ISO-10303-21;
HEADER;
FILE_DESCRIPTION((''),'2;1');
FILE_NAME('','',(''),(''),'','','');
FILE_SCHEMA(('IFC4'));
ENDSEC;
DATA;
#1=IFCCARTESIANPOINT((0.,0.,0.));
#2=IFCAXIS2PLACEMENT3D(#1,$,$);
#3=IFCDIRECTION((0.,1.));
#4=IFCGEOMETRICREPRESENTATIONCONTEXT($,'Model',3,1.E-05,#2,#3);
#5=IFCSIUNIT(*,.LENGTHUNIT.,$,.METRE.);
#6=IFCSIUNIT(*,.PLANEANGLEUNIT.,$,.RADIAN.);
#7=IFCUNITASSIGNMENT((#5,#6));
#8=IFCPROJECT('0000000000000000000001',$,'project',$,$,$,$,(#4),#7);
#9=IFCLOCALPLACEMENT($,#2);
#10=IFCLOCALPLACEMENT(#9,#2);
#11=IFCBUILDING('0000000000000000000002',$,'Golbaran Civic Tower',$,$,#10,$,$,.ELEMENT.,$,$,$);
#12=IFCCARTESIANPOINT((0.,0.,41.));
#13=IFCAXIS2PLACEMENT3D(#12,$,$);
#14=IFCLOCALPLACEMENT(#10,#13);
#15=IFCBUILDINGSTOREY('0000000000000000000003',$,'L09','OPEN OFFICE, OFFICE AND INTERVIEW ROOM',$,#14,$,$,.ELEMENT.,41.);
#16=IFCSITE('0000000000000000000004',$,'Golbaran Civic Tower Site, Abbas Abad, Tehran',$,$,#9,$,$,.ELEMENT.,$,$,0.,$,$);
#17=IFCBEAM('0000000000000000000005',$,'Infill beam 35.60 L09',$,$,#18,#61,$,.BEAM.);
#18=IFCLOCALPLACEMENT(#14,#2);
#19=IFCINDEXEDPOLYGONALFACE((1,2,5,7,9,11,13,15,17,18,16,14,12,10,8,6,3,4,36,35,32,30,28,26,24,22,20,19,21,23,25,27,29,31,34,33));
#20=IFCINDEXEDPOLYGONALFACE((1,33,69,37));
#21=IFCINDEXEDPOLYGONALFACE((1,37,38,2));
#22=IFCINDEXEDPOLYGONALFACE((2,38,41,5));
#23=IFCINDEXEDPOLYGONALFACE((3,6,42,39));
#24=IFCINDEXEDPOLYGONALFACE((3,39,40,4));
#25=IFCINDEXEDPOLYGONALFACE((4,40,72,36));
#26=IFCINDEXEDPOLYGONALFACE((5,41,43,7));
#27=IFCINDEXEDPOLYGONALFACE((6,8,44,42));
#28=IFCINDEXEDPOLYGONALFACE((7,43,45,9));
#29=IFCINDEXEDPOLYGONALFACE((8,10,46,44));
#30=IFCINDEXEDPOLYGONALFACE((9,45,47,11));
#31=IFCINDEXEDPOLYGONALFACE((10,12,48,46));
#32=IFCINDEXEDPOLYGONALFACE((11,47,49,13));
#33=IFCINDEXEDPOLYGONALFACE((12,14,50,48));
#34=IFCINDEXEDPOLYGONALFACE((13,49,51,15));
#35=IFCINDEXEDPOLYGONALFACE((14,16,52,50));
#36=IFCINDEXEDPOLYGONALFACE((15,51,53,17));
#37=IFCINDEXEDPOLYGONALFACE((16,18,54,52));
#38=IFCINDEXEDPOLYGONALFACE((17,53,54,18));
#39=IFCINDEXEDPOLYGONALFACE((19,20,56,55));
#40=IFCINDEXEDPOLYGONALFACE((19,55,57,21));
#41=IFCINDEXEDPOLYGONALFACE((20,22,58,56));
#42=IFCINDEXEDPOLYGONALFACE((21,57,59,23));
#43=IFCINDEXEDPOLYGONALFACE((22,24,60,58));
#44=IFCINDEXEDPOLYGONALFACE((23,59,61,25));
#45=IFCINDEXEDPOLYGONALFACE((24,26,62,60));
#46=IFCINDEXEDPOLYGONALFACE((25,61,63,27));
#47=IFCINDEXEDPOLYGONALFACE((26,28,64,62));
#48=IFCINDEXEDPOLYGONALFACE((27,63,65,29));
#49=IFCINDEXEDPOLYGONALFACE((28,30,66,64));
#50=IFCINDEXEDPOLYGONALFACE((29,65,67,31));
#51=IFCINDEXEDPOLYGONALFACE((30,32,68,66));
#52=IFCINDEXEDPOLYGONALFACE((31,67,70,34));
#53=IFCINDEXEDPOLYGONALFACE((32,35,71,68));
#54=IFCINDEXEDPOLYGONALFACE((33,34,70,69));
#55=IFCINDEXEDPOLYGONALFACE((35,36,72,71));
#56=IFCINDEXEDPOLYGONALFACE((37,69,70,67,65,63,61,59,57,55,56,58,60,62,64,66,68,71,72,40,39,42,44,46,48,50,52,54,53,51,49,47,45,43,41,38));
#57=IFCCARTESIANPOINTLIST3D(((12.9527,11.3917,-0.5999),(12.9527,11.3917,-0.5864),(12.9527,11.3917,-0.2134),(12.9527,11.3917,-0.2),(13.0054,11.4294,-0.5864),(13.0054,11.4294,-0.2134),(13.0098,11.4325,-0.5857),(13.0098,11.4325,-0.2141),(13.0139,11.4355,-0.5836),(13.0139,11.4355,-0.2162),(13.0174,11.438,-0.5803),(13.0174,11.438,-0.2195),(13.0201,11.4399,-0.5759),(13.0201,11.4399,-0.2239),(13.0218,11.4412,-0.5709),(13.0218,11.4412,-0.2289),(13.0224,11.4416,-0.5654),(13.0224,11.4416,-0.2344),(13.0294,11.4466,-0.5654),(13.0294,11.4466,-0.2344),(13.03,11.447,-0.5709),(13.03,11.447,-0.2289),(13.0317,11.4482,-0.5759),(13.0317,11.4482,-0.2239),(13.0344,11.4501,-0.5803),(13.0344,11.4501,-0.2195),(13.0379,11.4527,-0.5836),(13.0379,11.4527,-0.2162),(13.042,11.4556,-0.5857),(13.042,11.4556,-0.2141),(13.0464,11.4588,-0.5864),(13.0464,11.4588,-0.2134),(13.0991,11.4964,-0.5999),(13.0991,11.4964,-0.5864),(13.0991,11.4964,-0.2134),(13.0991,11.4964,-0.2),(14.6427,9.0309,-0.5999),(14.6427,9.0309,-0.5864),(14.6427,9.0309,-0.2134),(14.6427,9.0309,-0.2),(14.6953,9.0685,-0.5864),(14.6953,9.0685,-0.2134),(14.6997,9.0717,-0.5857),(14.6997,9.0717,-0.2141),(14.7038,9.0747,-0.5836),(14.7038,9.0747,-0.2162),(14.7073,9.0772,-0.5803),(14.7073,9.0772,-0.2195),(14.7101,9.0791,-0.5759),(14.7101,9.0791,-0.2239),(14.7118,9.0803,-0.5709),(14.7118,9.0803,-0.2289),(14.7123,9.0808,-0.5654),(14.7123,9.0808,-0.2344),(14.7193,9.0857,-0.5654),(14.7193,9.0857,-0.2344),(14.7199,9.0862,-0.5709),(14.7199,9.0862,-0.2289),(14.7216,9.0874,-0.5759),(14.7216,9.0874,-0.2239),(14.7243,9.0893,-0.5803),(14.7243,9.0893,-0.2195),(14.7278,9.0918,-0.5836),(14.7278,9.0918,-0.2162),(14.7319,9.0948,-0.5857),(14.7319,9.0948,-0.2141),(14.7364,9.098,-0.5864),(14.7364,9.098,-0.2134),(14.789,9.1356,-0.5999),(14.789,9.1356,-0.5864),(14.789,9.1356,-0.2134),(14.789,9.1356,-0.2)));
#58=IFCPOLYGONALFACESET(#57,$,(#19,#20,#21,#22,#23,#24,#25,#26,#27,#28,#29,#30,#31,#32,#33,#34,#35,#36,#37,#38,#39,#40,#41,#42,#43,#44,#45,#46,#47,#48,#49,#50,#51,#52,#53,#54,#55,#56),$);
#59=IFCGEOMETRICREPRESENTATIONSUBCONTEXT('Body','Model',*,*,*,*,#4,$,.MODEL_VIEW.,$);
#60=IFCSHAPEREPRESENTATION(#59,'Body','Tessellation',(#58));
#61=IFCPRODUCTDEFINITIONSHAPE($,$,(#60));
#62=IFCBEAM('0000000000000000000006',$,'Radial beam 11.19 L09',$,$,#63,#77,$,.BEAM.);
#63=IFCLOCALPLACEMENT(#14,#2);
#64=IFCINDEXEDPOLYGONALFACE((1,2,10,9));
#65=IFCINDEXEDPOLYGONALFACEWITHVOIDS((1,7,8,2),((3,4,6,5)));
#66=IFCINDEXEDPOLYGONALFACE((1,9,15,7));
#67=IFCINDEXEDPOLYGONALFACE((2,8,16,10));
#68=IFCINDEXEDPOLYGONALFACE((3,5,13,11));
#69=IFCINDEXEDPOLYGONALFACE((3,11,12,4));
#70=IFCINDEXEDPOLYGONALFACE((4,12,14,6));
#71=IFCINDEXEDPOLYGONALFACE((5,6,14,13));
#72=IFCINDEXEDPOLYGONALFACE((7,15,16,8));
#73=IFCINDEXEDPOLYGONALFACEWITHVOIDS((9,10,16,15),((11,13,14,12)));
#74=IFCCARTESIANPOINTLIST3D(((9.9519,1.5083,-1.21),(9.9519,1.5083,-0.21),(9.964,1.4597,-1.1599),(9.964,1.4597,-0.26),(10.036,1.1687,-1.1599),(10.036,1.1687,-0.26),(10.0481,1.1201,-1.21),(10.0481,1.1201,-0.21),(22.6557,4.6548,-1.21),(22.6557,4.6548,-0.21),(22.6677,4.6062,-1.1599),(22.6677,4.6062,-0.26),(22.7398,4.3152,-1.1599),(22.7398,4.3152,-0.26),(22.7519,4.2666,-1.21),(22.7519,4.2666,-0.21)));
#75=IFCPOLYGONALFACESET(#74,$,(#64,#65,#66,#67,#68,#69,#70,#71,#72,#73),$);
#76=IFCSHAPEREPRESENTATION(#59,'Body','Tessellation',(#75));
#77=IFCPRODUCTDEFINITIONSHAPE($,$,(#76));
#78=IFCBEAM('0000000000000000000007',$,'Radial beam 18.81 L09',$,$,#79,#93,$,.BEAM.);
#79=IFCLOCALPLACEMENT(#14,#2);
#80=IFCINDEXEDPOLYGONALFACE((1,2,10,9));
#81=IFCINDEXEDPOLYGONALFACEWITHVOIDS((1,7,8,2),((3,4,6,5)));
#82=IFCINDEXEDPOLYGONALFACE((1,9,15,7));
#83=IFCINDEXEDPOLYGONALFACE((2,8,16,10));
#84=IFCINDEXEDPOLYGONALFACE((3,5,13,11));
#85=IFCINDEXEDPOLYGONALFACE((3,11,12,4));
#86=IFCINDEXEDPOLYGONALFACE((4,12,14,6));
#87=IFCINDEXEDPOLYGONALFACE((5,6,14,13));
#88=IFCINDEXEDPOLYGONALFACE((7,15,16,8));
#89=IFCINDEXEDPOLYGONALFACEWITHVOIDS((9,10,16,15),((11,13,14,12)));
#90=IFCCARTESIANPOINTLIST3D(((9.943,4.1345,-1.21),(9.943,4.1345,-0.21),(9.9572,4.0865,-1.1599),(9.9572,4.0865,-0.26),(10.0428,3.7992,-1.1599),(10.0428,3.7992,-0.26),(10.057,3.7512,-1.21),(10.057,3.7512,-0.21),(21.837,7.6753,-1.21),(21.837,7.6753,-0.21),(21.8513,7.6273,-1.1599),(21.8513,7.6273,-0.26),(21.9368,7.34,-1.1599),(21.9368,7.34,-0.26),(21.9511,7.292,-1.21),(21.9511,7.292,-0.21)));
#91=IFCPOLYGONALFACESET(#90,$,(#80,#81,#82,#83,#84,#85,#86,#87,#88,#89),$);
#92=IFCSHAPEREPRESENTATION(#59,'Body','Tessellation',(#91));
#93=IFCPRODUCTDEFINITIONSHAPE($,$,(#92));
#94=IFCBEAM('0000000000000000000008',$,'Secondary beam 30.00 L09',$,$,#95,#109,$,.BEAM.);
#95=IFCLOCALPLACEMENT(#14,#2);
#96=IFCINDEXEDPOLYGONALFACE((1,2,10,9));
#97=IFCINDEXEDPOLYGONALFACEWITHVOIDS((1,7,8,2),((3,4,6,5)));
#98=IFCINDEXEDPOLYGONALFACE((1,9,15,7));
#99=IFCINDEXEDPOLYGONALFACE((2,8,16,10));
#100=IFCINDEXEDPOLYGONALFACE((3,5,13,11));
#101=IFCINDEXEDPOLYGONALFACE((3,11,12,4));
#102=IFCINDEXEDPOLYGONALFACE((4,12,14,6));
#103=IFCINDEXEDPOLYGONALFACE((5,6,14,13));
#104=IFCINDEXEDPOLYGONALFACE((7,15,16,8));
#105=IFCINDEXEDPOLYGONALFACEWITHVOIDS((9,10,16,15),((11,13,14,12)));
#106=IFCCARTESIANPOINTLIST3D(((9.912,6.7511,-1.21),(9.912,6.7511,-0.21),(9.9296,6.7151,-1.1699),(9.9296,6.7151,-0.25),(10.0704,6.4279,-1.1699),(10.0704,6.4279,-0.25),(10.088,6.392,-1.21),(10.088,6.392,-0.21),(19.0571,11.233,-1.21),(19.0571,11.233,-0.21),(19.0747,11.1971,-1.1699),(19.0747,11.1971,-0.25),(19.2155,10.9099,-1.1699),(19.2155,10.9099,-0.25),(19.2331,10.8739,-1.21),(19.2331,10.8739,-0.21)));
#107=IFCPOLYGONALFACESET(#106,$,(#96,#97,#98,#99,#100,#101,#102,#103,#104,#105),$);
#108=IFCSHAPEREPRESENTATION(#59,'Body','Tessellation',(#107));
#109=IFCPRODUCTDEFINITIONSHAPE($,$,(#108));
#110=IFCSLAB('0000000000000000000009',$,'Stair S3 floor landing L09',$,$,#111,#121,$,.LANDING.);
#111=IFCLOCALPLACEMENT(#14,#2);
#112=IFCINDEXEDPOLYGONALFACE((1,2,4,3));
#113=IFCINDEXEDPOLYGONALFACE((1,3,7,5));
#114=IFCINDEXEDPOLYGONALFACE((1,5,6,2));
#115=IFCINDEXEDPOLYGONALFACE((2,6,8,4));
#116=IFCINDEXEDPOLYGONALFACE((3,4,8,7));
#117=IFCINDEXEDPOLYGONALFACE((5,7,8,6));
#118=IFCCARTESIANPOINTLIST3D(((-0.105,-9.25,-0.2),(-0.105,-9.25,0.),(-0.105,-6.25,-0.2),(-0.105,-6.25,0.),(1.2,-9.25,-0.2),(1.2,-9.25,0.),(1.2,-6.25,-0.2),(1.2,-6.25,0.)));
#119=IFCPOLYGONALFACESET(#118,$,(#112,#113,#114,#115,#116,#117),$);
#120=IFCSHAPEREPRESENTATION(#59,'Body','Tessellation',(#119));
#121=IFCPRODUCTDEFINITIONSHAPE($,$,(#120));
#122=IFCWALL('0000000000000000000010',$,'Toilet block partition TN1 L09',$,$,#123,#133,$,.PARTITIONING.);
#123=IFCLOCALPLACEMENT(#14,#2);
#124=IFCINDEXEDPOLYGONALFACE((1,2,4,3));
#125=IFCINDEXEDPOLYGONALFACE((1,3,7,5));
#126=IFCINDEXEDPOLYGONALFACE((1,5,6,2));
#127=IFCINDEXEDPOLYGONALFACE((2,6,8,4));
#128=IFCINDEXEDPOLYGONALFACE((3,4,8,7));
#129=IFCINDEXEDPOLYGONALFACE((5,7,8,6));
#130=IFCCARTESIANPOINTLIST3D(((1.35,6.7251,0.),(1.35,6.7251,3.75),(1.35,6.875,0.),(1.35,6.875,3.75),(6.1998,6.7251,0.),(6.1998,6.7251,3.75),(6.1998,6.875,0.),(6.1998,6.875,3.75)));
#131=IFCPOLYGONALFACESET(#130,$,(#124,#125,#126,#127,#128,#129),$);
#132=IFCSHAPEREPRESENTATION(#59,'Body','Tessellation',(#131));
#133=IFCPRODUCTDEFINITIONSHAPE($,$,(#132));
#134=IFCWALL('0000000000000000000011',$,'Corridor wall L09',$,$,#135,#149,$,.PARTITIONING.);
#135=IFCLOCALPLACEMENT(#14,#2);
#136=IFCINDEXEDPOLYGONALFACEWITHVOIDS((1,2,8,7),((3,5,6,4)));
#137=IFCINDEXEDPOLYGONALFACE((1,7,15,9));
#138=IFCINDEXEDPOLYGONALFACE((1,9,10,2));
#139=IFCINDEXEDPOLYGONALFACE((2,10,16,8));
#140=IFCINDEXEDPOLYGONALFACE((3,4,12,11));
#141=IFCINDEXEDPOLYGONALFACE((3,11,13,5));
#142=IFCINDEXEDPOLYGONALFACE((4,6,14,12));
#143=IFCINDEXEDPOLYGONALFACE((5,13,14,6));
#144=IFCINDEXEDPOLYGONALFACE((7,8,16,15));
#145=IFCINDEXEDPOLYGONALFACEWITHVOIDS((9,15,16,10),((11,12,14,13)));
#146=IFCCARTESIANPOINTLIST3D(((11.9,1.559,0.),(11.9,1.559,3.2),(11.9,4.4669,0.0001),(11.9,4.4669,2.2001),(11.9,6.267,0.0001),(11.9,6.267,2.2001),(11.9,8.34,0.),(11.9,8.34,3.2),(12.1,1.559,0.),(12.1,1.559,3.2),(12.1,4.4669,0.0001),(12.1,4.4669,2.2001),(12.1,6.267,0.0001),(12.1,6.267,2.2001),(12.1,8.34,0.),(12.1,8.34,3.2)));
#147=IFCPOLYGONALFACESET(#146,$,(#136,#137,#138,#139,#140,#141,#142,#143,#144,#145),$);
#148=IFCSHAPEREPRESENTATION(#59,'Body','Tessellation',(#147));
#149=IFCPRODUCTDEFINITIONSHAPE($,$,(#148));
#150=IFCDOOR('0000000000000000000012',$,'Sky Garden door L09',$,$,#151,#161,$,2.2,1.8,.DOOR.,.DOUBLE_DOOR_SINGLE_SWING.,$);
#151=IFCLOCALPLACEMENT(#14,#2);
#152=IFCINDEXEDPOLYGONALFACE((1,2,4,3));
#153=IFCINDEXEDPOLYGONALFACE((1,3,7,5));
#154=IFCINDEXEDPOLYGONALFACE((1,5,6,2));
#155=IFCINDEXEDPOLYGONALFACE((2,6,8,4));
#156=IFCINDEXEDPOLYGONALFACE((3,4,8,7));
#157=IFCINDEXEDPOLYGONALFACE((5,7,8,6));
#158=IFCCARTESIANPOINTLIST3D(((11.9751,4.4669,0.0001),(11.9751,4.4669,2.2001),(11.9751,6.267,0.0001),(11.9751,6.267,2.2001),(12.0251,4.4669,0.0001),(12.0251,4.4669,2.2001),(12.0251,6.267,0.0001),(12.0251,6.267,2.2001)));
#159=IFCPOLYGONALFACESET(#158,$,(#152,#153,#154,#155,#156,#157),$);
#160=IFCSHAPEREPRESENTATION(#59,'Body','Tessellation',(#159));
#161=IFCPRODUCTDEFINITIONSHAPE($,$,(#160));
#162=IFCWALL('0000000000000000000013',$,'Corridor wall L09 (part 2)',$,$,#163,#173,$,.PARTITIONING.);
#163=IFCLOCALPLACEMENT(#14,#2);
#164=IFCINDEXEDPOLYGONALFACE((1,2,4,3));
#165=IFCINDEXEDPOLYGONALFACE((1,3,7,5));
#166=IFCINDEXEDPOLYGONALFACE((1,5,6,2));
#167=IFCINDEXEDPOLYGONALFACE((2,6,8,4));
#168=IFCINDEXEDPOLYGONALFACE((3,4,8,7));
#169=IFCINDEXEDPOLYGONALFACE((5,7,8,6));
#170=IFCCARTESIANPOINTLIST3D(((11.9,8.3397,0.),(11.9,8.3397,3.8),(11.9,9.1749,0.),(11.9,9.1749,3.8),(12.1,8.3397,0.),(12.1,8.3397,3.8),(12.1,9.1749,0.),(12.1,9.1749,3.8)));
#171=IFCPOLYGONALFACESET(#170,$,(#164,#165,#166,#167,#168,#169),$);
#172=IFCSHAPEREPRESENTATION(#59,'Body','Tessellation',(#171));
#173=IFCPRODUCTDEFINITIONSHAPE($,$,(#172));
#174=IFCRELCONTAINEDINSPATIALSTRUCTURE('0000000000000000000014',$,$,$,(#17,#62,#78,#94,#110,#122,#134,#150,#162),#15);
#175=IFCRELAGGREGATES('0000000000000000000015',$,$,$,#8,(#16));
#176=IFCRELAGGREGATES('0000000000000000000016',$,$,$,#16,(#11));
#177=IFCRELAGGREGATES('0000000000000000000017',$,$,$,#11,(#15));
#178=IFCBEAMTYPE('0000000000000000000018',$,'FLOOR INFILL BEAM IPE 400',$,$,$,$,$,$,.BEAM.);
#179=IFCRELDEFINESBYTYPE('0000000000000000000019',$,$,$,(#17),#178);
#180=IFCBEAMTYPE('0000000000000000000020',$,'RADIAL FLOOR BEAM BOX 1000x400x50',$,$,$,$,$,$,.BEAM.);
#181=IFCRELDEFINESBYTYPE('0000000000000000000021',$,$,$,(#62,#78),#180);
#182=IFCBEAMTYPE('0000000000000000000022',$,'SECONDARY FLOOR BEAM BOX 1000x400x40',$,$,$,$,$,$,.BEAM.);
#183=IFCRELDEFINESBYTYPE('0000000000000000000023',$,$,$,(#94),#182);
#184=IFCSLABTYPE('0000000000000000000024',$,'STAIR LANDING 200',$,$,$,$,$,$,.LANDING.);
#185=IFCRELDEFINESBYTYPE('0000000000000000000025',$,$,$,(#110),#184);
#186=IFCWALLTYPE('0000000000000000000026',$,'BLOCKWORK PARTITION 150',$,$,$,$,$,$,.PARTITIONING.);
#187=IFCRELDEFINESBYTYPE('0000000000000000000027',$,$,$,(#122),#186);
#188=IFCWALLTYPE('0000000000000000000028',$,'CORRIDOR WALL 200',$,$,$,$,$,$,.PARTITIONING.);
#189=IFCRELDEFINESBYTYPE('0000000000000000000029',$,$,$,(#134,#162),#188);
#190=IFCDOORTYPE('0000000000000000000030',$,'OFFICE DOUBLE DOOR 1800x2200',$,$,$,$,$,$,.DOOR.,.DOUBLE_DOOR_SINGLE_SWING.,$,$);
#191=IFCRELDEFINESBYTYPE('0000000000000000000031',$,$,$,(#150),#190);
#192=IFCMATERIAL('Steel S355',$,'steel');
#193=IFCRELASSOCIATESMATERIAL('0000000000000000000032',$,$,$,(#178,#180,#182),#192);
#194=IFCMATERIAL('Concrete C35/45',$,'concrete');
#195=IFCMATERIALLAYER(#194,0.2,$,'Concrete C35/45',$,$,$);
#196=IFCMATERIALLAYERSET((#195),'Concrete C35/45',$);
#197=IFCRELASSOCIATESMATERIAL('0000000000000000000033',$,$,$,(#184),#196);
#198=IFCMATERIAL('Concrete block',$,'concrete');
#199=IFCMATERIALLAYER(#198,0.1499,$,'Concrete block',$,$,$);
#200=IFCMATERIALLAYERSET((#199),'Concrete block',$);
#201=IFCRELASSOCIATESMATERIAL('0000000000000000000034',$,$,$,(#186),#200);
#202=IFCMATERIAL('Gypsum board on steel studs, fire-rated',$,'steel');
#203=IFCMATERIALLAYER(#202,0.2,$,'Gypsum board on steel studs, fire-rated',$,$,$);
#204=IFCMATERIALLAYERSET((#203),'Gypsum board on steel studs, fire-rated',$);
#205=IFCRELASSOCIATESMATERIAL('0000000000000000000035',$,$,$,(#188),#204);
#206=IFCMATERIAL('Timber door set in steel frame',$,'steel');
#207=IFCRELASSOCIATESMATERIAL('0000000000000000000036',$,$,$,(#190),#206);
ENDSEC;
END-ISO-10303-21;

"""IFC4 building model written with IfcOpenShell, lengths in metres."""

from ifc_helpers import new_model, si_unit, direction, frame, frame_2d, origin, origin_2d, place, context, subcontext, project, spatial, polyline, rectangle, hollow_rectangle, i_section, outline, extrude, material, layer, layer_set, material_profile, profile_set, type_object, element, fill, save


model = new_model("IFC4")

# Units and contexts
model_context = context("Model", 3, precision=1e-05, world=origin(), true_north=direction((0.0, 1.0)))
body_context = subcontext(model_context, "Body", "Model", "MODEL_VIEW")
ifc_project = project(units=[si_unit("LENGTHUNIT", "METRE"), si_unit("PLANEANGLEUNIT", "RADIAN")], contexts=[model_context])

# Site, building, storey
site_placement = place(None, origin())
site = spatial("IfcSite", under=ifc_project, at=site_placement, Name="Golbaran Civic Tower Site, Abbas Abad, Tehran", CompositionType="ELEMENT", RefElevation=0.0)
building_placement = place(site_placement, origin())
building = spatial("IfcBuilding", under=site, at=building_placement, Name="Golbaran Civic Tower", CompositionType="ELEMENT")
storey_placement = place(building_placement, frame((0.0, 0.0, 41.0)))
storey = spatial("IfcBuildingStorey", under=building, at=storey_placement, Name="L09", Description="OPEN OFFICE, OFFICE AND INTERVIEW ROOM", CompositionType="ELEMENT", Elevation=41.0)

# Beams
ifc_material_1 = material(Name="Steel S355", Category="steel")
ifc_material_profile_1 = material_profile(ifc_material_1, i_section(OverallWidth=0.1799, OverallDepth=0.3999, WebThickness=0.0085, FlangeThickness=0.0134, FilletRadius=0.021, at=origin_2d()), Name="IPE 400")
ifc_profile_set_1 = profile_set([ifc_material_profile_1], Name="Steel S355")
beam_type_1 = type_object("IfcBeamType", Name="FLOOR INFILL BEAM IPE 400", PredefinedType="BEAM", material=ifc_profile_set_1)
beam_1_placement = place(storey_placement, frame((14.7158, 9.0833, -0.3999), z_axis=(-0.582065, 0.813142, 0.0), x_axis=(-0.813142, -0.582065, 0.0)))
element("IfcBeam", 1, at=beam_1_placement, inside=storey, type_object=beam_type_1, Name="Infill beam 35.60 L09", PredefinedType="BEAM", context=body_context, shape_type="SweptSolid", body=[
    extrude(i_section(OverallWidth=0.1799, OverallDepth=0.3999, WebThickness=0.0085, FlangeThickness=0.0134, FilletRadius=0.021, at=origin_2d()), origin(), (0.0, 0.0, 1.0), 2.9033),
])
ifc_material_profile_2 = material_profile(ifc_material_1, hollow_rectangle(XDim=0.3999, YDim=1.0, WallThickness=0.05, at=origin_2d()), Name="BOX 1000x400x50")
ifc_profile_set_2 = profile_set([ifc_material_profile_2], Name="Steel S355")
beam_type_2 = type_object("IfcBeamType", Name="RADIAL FLOOR BEAM BOX 1000x400x50", PredefinedType="BEAM", material=ifc_profile_set_2)
beam_2_placement = place(storey_placement, frame((10.0, 1.3142, -0.71), z_axis=(0.97067, 0.240415, 0.0), x_axis=(-0.240415, 0.97067, 0.0)))
element("IfcBeam", 2, at=beam_2_placement, inside=storey, type_object=beam_type_2, Name="Radial beam 11.19 L09", PredefinedType="BEAM", context=body_context, shape_type="SweptSolid", body=[
    extrude(hollow_rectangle(XDim=0.3999, YDim=1.0, WallThickness=0.05, at=origin_2d()), origin(), (0.0, 0.0, 1.0), 13.0876),
])
beam_3_placement = place(storey_placement, frame((10.0, 3.9429, -0.71), z_axis=(0.958433, 0.285319, 0.0), x_axis=(-0.285319, 0.958433, 0.0)))
element("IfcBeam", 3, at=beam_3_placement, inside=storey, type_object=beam_type_2, Name="Radial beam 18.81 L09", PredefinedType="BEAM", context=body_context, shape_type="SweptSolid", body=[
    extrude(hollow_rectangle(XDim=0.3999, YDim=1.0, WallThickness=0.05, at=origin_2d()), origin(), (0.0, 0.0, 1.0), 12.4099),
])
ifc_material_profile_3 = material_profile(ifc_material_1, hollow_rectangle(XDim=0.3999, YDim=1.0, WallThickness=0.04, at=origin_2d()), Name="BOX 1000x400x40")
ifc_profile_set_3 = profile_set([ifc_material_profile_3], Name="Steel S355")
beam_type_3 = type_object("IfcBeamType", Name="SECONDARY FLOOR BEAM BOX 1000x400x40", PredefinedType="BEAM", material=ifc_profile_set_3)
beam_4_placement = place(storey_placement, frame((10.0, 6.5715, -0.71), z_axis=(0.897956, 0.440084, 0.0), x_axis=(-0.440084, 0.897956, 0.0)))
element("IfcBeam", 4, at=beam_4_placement, inside=storey, type_object=beam_type_3, Name="Secondary beam 30.00 L09", PredefinedType="BEAM", context=body_context, shape_type="SweptSolid", body=[
    extrude(hollow_rectangle(XDim=0.3999, YDim=1.0, WallThickness=0.04, at=origin_2d()), origin(), (0.0, 0.0, 1.0), 10.1843),
])

# Slab
ifc_material_2 = material(Name="Concrete C35/45", Category="concrete")
ifc_layer_1 = layer(ifc_material_2, 0.2, Name="Concrete C35/45")
ifc_layer_set_1 = layer_set([ifc_layer_1], Name="Concrete C35/45")
slab_type = type_object("IfcSlabType", Name="STAIR LANDING 200", PredefinedType="LANDING", material=ifc_layer_set_1)
slab_placement = place(storey_placement, frame((0.0, 0.0, -0.2)))
element("IfcSlab", 5, at=slab_placement, inside=storey, type_object=slab_type, Name="Stair S3 floor landing L09", PredefinedType="LANDING", context=body_context, shape_type="SweptSolid", body=[
    extrude(outline(polyline([(1.2, -9.25), (-0.105, -9.25), (-0.105, -6.25), (1.2, -6.25), (1.2, -9.25)])), origin(), (0.0, 0.0, 1.0), 0.2),
])

# Wall
ifc_material_3 = material(Name="Concrete block", Category="concrete")
ifc_layer_2 = layer(ifc_material_3, 0.1499, Name="Concrete block")
ifc_layer_set_2 = layer_set([ifc_layer_2], Name="Concrete block")
wall_type_1 = type_object("IfcWallType", Name="BLOCKWORK PARTITION 150", PredefinedType="PARTITIONING", material=ifc_layer_set_2)
wall_1_placement = place(storey_placement, frame((1.3501, 6.8, 0.0), z_axis=(0.0, 0.0, 1.0), x_axis=(1.0, 0.0, 0.0)))
element("IfcWall", 6, at=wall_1_placement, inside=storey, type_object=wall_type_1, Name="Toilet block partition TN1 L09", PredefinedType="PARTITIONING", context=body_context, shape_type="SweptSolid", body=[
    extrude(rectangle(XDim=4.8499, YDim=0.1499, at=frame_2d((2.4248, 0.0))), origin(), (0.0, 0.0, 1.0), 3.75),
])

# Wall, opening, door
ifc_material_4 = material(Name="Gypsum board on steel studs, fire-rated", Category="steel")
ifc_layer_3 = layer(ifc_material_4, 0.2, Name="Gypsum board on steel studs, fire-rated")
ifc_layer_set_3 = layer_set([ifc_layer_3], Name="Gypsum board on steel studs, fire-rated")
wall_type_2 = type_object("IfcWallType", Name="CORRIDOR WALL 200", PredefinedType="PARTITIONING", material=ifc_layer_set_3)
wall_2_placement = place(storey_placement, frame((12.0, 1.5588, 0.0), z_axis=(0.0, 0.0, 1.0), x_axis=(0.0, 1.0, 0.0)))
wall_2 = element("IfcWall", 7, at=wall_2_placement, inside=storey, type_object=wall_type_2, Name="Corridor wall L09", PredefinedType="PARTITIONING", context=body_context, shape_type="SweptSolid", body=[
    extrude(rectangle(XDim=6.781, YDim=0.2, at=frame_2d((3.3906, 0.0))), origin(), (0.0, 0.0, 1.0), 3.2),
])
opening_1_placement = place(wall_2_placement, frame((2.9082, 0.0, 0.0)))
opening_1 = element("IfcOpeningElement", 8, at=opening_1_placement, cuts=wall_2, PredefinedType="OPENING", context=body_context, shape_type="SweptSolid", body=[
    extrude(rectangle(XDim=1.8, YDim=2.2, at=frame_2d((0.8999, 1.1001))), frame((0.0, 0.1099, 0.0), z_axis=(0.0, -1.0, 0.0), x_axis=(1.0, 0.0, 0.0)), (0.0, 0.0, 1.0), 0.22),
])
ifc_material_5 = material(Name="Timber door set in steel frame", Category="steel")
door_type_1 = type_object("IfcDoorType", Name="OFFICE DOUBLE DOOR 1800x2200", OperationType="DOUBLE_DOOR_SINGLE_SWING", PredefinedType="DOOR", material=ifc_material_5)
door_1_placement = place(opening_1_placement, origin())
door_1 = element("IfcDoor", 9, at=door_1_placement, inside=storey, type_object=door_type_1, Name="Sky Garden door L09", OperationType="DOUBLE_DOOR_SINGLE_SWING", OverallHeight=2.2, OverallWidth=1.8, PredefinedType="DOOR", context=body_context, shape_type="SweptSolid", body=[
    extrude(rectangle(XDim=1.8, YDim=2.2, at=frame_2d((0.8999, 1.1001))), frame((0.0, 0.0249, 0.0), z_axis=(0.0, -1.0, 0.0), x_axis=(1.0, 0.0, 0.0)), (0.0, 0.0, 1.0), 0.05),
])
fill(opening_1, door_1)

# Wall
wall_3_placement = place(storey_placement, frame((12.0, 8.3398, 0.0), z_axis=(0.0, 0.0, 1.0), x_axis=(0.0, 1.0, 0.0)))
element("IfcWall", 10, at=wall_3_placement, inside=storey, type_object=wall_type_2, Name="Corridor wall L09 (part 2)", PredefinedType="PARTITIONING", context=body_context, shape_type="SweptSolid", body=[
    extrude(rectangle(XDim=0.8352, YDim=0.2, at=frame_2d((0.4175, 0.0))), origin(), (0.0, 0.0, 1.0), 3.8),
])

save(model, "model.ifc")
